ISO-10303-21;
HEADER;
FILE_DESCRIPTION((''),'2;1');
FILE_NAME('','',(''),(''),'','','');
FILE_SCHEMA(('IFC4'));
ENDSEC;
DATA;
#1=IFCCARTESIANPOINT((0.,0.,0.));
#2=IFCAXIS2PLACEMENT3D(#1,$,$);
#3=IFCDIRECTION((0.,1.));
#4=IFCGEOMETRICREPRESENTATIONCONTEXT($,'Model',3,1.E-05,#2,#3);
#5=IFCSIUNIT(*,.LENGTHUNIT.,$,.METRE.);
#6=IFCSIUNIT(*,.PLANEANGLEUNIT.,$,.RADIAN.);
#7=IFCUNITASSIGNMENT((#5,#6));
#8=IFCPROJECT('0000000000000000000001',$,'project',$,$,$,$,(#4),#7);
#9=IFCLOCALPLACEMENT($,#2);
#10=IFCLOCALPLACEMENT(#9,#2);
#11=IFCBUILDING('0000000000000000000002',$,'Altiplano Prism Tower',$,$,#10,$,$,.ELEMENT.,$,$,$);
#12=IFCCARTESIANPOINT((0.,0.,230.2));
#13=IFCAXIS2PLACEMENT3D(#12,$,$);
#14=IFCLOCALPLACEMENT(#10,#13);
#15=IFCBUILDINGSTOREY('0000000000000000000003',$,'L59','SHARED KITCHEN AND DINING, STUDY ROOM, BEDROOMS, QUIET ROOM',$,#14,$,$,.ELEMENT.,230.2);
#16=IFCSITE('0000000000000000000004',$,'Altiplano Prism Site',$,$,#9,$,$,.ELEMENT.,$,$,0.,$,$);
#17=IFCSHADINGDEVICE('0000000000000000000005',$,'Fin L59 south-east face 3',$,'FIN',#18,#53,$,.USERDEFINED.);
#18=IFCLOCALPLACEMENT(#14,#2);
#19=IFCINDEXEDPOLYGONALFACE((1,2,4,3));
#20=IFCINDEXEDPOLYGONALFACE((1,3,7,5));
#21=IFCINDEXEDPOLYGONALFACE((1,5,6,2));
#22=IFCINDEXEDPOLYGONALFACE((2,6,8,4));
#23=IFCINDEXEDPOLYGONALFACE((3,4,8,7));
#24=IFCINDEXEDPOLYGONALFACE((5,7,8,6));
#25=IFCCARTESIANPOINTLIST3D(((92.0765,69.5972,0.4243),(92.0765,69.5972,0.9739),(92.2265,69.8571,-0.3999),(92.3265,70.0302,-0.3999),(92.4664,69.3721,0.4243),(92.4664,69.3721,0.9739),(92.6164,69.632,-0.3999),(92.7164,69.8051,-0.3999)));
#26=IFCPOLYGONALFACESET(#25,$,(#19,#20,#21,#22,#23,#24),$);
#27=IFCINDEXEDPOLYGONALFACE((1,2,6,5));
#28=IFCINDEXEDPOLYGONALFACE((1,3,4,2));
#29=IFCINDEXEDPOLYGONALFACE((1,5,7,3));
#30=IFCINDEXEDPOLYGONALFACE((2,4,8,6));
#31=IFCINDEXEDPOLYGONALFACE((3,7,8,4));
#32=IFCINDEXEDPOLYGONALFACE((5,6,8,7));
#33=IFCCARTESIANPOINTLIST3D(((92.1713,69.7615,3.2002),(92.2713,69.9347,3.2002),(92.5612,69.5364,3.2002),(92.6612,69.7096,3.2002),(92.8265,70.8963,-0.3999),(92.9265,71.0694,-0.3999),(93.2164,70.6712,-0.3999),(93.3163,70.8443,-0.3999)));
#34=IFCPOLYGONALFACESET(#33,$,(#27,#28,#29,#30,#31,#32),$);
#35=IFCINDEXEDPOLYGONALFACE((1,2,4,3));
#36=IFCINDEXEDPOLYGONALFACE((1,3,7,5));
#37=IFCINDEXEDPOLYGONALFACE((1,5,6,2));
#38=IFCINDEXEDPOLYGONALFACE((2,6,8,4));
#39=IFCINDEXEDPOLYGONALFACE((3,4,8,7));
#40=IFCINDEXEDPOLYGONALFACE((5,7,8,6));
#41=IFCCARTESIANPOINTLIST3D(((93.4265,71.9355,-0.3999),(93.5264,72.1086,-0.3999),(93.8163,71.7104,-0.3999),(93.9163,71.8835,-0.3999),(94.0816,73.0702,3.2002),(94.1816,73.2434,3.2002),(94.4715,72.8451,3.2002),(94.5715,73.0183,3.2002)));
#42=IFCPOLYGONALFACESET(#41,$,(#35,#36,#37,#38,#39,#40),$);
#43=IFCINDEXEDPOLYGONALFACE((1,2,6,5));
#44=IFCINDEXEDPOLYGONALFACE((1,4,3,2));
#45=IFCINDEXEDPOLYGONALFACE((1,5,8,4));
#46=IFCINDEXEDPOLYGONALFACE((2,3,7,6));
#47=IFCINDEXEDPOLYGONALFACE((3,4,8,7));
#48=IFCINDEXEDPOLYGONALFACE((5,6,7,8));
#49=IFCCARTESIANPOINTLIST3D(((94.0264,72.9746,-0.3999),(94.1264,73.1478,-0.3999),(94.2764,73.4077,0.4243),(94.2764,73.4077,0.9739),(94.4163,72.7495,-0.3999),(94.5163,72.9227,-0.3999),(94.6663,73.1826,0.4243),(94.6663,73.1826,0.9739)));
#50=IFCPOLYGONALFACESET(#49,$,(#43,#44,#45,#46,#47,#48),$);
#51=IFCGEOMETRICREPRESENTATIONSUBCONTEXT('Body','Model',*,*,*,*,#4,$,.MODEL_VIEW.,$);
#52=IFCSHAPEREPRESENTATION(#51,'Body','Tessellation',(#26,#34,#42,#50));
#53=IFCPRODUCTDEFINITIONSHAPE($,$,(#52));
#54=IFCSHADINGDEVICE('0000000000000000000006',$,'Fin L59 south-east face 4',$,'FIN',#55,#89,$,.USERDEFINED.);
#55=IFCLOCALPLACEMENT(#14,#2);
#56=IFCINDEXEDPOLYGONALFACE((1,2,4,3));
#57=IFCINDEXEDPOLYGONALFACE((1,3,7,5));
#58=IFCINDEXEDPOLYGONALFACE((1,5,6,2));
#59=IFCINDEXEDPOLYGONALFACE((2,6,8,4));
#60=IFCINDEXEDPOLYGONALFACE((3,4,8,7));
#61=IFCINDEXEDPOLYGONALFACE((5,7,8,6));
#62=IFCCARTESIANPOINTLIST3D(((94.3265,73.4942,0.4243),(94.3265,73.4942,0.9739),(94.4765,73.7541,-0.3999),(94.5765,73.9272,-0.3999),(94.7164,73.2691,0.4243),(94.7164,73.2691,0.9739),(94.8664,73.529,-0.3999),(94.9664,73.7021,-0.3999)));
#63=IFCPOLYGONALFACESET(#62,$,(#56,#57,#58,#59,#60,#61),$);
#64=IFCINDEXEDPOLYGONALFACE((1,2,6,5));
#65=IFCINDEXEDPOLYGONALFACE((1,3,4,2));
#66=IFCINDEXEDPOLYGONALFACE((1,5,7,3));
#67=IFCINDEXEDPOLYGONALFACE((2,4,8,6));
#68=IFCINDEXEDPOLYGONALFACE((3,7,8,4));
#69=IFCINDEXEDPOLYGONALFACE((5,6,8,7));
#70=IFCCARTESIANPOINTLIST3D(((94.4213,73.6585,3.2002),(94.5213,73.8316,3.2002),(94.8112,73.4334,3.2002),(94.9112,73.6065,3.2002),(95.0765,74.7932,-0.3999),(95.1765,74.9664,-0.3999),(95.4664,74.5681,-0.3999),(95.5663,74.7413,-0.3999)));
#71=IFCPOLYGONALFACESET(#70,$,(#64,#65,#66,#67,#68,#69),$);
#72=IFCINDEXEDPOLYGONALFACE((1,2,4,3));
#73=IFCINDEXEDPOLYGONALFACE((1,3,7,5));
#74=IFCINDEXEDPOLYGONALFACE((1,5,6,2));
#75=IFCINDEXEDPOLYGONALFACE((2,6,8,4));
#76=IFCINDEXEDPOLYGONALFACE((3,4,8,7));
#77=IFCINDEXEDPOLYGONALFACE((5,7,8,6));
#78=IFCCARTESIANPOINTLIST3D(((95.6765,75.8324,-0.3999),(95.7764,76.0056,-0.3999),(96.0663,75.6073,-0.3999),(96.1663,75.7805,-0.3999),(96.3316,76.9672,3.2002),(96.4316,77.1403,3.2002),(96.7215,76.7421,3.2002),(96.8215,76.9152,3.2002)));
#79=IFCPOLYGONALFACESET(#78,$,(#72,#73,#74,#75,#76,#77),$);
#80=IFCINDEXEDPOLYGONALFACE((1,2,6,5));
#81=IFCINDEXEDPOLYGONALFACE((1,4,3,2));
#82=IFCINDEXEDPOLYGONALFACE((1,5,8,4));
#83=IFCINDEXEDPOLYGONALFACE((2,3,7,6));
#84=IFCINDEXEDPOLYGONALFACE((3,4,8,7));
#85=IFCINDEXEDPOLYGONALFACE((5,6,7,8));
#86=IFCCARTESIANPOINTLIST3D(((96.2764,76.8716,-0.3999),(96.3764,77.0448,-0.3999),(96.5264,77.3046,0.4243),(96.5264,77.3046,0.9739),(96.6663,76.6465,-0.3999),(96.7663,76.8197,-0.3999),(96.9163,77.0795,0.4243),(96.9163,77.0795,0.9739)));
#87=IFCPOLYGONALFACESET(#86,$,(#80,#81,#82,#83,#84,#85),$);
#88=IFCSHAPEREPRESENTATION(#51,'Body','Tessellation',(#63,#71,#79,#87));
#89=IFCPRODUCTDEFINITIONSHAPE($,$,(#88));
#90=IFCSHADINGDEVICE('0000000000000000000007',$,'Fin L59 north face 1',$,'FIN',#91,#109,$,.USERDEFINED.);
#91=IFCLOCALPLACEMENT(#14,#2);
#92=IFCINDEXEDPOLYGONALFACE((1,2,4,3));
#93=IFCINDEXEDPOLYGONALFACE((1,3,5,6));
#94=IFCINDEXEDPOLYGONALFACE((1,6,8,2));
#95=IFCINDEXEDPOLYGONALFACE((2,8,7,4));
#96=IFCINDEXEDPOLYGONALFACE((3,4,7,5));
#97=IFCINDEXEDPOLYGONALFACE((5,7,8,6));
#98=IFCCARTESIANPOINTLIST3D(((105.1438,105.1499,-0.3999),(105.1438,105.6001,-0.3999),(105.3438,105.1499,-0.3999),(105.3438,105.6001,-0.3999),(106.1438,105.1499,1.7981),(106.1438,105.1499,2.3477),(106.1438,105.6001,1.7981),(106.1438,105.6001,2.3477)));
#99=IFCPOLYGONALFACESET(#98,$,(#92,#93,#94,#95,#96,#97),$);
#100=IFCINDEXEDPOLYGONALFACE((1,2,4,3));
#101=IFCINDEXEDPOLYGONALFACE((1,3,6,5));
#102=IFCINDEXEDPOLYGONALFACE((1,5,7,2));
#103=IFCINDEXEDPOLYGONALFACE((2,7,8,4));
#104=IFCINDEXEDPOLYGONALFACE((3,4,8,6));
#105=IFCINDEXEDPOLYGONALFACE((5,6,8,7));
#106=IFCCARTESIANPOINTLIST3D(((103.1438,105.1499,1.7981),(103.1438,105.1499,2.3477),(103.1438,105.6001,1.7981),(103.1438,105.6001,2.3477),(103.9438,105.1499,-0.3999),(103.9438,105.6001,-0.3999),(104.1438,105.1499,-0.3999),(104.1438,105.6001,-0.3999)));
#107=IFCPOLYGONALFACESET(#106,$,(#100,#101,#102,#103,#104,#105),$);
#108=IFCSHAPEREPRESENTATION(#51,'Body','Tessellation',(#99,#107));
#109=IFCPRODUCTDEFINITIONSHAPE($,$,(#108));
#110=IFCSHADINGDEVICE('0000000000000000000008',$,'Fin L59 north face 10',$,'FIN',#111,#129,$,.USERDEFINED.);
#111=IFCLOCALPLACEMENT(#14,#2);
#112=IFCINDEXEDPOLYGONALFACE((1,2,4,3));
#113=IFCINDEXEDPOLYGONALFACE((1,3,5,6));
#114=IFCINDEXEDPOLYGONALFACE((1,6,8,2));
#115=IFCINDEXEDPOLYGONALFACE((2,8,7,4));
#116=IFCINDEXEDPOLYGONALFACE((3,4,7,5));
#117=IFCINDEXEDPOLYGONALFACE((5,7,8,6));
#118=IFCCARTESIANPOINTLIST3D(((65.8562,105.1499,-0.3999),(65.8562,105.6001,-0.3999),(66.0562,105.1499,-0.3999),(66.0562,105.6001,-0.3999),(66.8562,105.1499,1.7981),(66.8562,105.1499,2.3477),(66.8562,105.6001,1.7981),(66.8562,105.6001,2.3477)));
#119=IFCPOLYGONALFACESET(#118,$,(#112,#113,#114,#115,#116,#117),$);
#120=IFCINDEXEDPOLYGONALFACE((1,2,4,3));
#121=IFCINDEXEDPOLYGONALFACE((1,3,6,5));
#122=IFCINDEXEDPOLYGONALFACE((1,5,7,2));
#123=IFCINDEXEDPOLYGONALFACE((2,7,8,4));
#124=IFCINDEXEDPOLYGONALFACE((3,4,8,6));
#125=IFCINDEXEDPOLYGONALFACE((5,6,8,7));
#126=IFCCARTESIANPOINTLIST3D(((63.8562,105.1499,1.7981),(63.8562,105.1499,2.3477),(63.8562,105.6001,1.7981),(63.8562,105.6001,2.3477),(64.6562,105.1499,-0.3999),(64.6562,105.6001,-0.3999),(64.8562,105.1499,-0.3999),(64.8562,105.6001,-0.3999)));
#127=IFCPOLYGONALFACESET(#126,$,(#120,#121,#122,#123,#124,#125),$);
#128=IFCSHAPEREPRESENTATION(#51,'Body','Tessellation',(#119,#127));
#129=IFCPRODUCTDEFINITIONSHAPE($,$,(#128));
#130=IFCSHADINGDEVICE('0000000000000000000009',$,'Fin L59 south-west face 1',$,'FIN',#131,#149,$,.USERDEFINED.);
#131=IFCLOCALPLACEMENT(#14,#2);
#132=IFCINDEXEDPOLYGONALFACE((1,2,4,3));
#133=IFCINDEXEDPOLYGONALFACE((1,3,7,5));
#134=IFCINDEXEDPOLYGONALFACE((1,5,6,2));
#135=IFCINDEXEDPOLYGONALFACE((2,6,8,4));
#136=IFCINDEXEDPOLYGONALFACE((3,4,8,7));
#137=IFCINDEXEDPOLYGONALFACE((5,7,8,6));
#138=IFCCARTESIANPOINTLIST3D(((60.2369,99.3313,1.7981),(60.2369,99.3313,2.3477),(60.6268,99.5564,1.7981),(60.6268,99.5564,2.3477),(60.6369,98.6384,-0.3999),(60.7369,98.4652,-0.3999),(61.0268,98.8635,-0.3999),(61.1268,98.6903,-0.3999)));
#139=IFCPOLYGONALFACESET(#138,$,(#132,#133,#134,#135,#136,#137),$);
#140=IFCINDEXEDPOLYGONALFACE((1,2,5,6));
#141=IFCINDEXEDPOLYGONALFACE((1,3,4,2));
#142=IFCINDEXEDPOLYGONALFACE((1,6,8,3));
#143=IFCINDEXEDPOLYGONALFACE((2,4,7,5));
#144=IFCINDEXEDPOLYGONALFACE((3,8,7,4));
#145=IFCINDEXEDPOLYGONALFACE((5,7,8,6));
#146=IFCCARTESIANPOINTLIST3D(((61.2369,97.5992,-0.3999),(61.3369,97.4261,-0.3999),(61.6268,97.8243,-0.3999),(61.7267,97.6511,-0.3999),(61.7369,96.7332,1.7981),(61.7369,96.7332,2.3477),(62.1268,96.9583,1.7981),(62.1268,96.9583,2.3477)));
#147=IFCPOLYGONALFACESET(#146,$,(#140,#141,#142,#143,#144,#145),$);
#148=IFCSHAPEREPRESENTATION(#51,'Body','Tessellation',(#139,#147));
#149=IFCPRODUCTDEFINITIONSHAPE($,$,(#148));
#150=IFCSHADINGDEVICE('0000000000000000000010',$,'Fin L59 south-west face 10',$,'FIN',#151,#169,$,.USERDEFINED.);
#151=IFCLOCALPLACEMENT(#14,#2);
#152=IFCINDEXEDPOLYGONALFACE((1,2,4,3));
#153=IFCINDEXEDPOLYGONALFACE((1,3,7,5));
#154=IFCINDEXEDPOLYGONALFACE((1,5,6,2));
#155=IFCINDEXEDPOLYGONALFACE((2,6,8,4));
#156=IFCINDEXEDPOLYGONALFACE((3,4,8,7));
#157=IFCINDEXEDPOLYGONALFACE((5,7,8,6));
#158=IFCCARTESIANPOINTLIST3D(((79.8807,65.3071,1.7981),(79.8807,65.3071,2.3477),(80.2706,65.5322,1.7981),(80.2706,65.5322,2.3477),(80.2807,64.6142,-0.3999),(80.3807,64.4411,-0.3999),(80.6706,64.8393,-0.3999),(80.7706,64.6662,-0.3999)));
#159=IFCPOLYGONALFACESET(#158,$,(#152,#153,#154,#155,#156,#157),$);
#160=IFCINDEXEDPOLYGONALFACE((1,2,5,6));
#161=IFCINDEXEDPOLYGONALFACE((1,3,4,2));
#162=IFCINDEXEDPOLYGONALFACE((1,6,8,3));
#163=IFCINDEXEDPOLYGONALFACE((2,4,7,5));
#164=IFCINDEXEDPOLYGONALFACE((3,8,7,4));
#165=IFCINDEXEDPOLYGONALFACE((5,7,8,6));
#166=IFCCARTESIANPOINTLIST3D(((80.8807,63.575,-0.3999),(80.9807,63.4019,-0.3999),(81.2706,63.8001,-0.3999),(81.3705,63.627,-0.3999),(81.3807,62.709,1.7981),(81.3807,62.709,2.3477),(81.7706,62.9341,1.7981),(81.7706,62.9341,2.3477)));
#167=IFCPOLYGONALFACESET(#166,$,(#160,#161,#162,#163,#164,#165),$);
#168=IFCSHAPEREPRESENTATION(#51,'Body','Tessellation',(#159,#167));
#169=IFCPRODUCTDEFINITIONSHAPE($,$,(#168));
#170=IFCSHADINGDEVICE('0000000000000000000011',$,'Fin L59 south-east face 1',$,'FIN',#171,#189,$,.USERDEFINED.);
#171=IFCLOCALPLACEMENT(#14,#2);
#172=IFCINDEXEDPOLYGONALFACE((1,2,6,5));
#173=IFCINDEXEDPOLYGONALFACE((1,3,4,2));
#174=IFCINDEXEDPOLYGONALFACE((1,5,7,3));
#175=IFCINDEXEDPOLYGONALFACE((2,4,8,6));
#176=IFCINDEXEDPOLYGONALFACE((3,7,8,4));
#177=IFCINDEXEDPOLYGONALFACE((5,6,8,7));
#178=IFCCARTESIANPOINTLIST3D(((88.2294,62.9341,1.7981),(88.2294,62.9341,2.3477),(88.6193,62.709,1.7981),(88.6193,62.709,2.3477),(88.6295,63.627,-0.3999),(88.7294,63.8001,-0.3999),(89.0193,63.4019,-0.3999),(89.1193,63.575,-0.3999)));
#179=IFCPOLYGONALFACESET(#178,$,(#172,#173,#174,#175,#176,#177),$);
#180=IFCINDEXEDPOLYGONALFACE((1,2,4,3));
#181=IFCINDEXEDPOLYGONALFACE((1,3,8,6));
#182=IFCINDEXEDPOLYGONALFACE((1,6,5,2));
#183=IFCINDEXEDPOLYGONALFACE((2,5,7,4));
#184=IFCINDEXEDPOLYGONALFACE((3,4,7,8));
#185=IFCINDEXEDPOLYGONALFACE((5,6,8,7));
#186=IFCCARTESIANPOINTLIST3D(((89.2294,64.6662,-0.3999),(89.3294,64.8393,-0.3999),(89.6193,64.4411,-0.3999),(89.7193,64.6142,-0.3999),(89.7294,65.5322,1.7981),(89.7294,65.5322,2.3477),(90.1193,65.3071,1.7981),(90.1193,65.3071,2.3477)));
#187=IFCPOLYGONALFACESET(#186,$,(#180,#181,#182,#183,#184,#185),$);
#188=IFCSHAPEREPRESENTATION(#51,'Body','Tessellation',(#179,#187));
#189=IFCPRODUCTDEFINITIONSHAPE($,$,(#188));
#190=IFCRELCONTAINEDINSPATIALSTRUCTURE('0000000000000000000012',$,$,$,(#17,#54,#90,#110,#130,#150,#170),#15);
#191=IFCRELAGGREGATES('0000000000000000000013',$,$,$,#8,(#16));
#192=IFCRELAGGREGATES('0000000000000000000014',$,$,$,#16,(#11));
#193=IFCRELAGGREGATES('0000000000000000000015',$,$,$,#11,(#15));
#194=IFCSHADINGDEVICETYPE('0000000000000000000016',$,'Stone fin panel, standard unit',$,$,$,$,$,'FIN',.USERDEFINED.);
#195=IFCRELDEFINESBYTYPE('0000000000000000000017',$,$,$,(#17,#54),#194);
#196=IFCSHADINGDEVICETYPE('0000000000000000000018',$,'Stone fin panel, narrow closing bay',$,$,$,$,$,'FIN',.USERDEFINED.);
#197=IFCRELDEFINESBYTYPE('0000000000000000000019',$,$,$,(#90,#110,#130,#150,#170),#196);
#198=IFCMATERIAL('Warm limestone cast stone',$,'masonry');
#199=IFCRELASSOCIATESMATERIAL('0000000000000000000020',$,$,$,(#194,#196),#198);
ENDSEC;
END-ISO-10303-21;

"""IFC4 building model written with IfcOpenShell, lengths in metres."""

from ifc_helpers import new_model, si_unit, direction, frame, origin, place, context, subcontext, project, spatial, polyline, outline, extrude, source, transform, mapped, material, type_object, element, save


model = new_model("IFC4")

# Units and contexts
model_context = context("Model", 3, precision=1e-05, world=origin(), true_north=direction((0.0, 1.0)))
body_context = subcontext(model_context, "Body", "Model", "MODEL_VIEW")
ifc_project = project(units=[si_unit("LENGTHUNIT", "METRE"), si_unit("PLANEANGLEUNIT", "RADIAN")], contexts=[model_context])

# Site, building, storey
site_placement = place(None, origin())
site = spatial("IfcSite", under=ifc_project, at=site_placement, Name="Altiplano Prism Site", CompositionType="ELEMENT", RefElevation=0.0)
building_placement = place(site_placement, origin())
building = spatial("IfcBuilding", under=site, at=building_placement, Name="Altiplano Prism Tower", CompositionType="ELEMENT")
storey_placement = place(building_placement, frame((0.0, 0.0, 230.2)))
storey = spatial("IfcBuildingStorey", under=building, at=storey_placement, Name="L59", Description="SHARED KITCHEN AND DINING, STUDY ROOM, BEDROOMS, QUIET ROOM", CompositionType="ELEMENT", Elevation=230.2)

# Shading devices
ifc_material_1 = material(Name="Warm limestone cast stone", Category="masonry")
shading_device_type_1 = type_object("IfcShadingDeviceType", Name="Stone fin panel, standard unit", ElementType="FIN", PredefinedType="USERDEFINED", material=ifc_material_1)
shared_shape_1 = source(origin(), body_context, "Body", "SweptSolid", [
    extrude(outline(polyline([(-2.2, 1.3738), (-2.2, 0.8242), (-1.8999, 0.0), (-1.7, 0.0), (-2.2, 1.3738)])), frame((0.0, -0.1499, 0.0), z_axis=(0.0, -1.0, 0.0), x_axis=(1.0, 0.0, 0.0)), (0.0, 0.0, 1.0), 0.4502),
    extrude(outline(polyline([(-2.0103, 3.6001), (-0.7, 0.0), (-0.5, 0.0), (-1.8103, 3.6001), (-2.0103, 3.6001)])), frame((0.0, -0.1499, 0.0), z_axis=(0.0, -1.0, 0.0), x_axis=(1.0, 0.0, 0.0)), (0.0, 0.0, 1.0), 0.4502),
    extrude(outline(polyline([(1.8103, 3.6001), (0.5, 0.0), (0.7, 0.0), (2.0103, 3.6001), (1.8103, 3.6001)])), frame((0.0, -0.1499, 0.0), z_axis=(0.0, -1.0, 0.0), x_axis=(1.0, 0.0, 0.0)), (0.0, 0.0, 1.0), 0.4502),
    extrude(outline(polyline([(2.2, 0.8242), (2.2, 1.3738), (1.7, 0.0), (1.8999, 0.0), (2.2, 0.8242)])), frame((0.0, -0.1499, 0.0), z_axis=(0.0, -1.0, 0.0), x_axis=(1.0, 0.0, 0.0)), (0.0, 0.0, 1.0), 0.4502),
])
shading_device_1_placement = place(storey_placement, origin())
element("IfcShadingDevice", 1, at=shading_device_1_placement, inside=storey, type_object=shading_device_type_1, Name="Fin L59 south-east face 3", ObjectType="FIN", PredefinedType="USERDEFINED", context=body_context, shape_type="MappedRepresentation", body=[
    mapped(shared_shape_1, transform((93.0466, 71.5774, -0.3999), x_axis=(0.5, 0.866025, 0.0), y_axis=(-0.866025, 0.5, 0.0), z_axis=(0.0, 0.0, 1.0))),
])
shading_device_2_placement = place(storey_placement, origin())
element("IfcShadingDevice", 2, at=shading_device_2_placement, inside=storey, type_object=shading_device_type_1, Name="Fin L59 south-east face 4", ObjectType="FIN", PredefinedType="USERDEFINED", context=body_context, shape_type="MappedRepresentation", body=[
    mapped(shared_shape_1, transform((95.2966, 75.4744, -0.3999), x_axis=(0.5, 0.866025, 0.0), y_axis=(-0.866025, 0.5, 0.0), z_axis=(0.0, 0.0, 1.0))),
])
shading_device_type_2 = type_object("IfcShadingDeviceType", Name="Stone fin panel, narrow closing bay", ElementType="FIN", PredefinedType="USERDEFINED", material=ifc_material_1)
shared_shape_2 = source(origin(), body_context, "Body", "SweptSolid", [
    extrude(outline(polyline([(-1.5, 2.7476), (-1.5, 2.198), (-0.7, 0.0), (-0.5, 0.0), (-1.5, 2.7476)])), frame((0.0, -0.1499, 0.0), z_axis=(0.0, -1.0, 0.0), x_axis=(1.0, 0.0, 0.0)), (0.0, 0.0, 1.0), 0.4502),
    extrude(outline(polyline([(1.5, 2.198), (1.5, 2.7476), (0.5, 0.0), (0.7, 0.0), (1.5, 2.198)])), frame((0.0, -0.1499, 0.0), z_axis=(0.0, -1.0, 0.0), x_axis=(1.0, 0.0, 0.0)), (0.0, 0.0, 1.0), 0.4502),
])
shading_device_3_placement = place(storey_placement, origin())
element("IfcShadingDevice", 3, at=shading_device_3_placement, inside=storey, type_object=shading_device_type_2, Name="Fin L59 north face 1", ObjectType="FIN", PredefinedType="USERDEFINED", context=body_context, shape_type="MappedRepresentation", body=[
    mapped(shared_shape_2, transform((104.6438, 105.0, -0.3999), x_axis=(-1.0, 0.0, 0.0), y_axis=(0.0, -1.0, 0.0), z_axis=(0.0, 0.0, 1.0))),
])
shading_device_4_placement = place(storey_placement, origin())
element("IfcShadingDevice", 4, at=shading_device_4_placement, inside=storey, type_object=shading_device_type_2, Name="Fin L59 north face 10", ObjectType="FIN", PredefinedType="USERDEFINED", context=body_context, shape_type="MappedRepresentation", body=[
    mapped(shared_shape_2, transform((65.3562, 105.0, -0.3999), x_axis=(-1.0, 0.0, 0.0), y_axis=(0.0, -1.0, 0.0), z_axis=(0.0, 0.0, 1.0))),
])
shading_device_5_placement = place(storey_placement, origin())
element("IfcShadingDevice", 5, at=shading_device_5_placement, inside=storey, type_object=shading_device_type_2, Name="Fin L59 south-west face 1", ObjectType="FIN", PredefinedType="USERDEFINED", context=body_context, shape_type="MappedRepresentation", body=[
    mapped(shared_shape_2, transform((61.5066, 98.3323, -0.3999), x_axis=(0.5, -0.866025, 0.0), y_axis=(0.866025, 0.5, 0.0), z_axis=(0.0, 0.0, 1.0))),
])
shading_device_6_placement = place(storey_placement, origin())
element("IfcShadingDevice", 6, at=shading_device_6_placement, inside=storey, type_object=shading_device_type_2, Name="Fin L59 south-west face 10", ObjectType="FIN", PredefinedType="USERDEFINED", context=body_context, shape_type="MappedRepresentation", body=[
    mapped(shared_shape_2, transform((81.1504, 64.3081, -0.3999), x_axis=(0.5, -0.866025, 0.0), y_axis=(0.866025, 0.5, 0.0), z_axis=(0.0, 0.0, 1.0))),
])
shading_device_7_placement = place(storey_placement, origin())
element("IfcShadingDevice", 7, at=shading_device_7_placement, inside=storey, type_object=shading_device_type_2, Name="Fin L59 south-east face 1", ObjectType="FIN", PredefinedType="USERDEFINED", context=body_context, shape_type="MappedRepresentation", body=[
    mapped(shared_shape_2, transform((88.8496, 64.3081, -0.3999), x_axis=(0.5, 0.866025, 0.0), y_axis=(-0.866025, 0.5, 0.0), z_axis=(0.0, 0.0, 1.0))),
])

save(model, "model.ifc")
